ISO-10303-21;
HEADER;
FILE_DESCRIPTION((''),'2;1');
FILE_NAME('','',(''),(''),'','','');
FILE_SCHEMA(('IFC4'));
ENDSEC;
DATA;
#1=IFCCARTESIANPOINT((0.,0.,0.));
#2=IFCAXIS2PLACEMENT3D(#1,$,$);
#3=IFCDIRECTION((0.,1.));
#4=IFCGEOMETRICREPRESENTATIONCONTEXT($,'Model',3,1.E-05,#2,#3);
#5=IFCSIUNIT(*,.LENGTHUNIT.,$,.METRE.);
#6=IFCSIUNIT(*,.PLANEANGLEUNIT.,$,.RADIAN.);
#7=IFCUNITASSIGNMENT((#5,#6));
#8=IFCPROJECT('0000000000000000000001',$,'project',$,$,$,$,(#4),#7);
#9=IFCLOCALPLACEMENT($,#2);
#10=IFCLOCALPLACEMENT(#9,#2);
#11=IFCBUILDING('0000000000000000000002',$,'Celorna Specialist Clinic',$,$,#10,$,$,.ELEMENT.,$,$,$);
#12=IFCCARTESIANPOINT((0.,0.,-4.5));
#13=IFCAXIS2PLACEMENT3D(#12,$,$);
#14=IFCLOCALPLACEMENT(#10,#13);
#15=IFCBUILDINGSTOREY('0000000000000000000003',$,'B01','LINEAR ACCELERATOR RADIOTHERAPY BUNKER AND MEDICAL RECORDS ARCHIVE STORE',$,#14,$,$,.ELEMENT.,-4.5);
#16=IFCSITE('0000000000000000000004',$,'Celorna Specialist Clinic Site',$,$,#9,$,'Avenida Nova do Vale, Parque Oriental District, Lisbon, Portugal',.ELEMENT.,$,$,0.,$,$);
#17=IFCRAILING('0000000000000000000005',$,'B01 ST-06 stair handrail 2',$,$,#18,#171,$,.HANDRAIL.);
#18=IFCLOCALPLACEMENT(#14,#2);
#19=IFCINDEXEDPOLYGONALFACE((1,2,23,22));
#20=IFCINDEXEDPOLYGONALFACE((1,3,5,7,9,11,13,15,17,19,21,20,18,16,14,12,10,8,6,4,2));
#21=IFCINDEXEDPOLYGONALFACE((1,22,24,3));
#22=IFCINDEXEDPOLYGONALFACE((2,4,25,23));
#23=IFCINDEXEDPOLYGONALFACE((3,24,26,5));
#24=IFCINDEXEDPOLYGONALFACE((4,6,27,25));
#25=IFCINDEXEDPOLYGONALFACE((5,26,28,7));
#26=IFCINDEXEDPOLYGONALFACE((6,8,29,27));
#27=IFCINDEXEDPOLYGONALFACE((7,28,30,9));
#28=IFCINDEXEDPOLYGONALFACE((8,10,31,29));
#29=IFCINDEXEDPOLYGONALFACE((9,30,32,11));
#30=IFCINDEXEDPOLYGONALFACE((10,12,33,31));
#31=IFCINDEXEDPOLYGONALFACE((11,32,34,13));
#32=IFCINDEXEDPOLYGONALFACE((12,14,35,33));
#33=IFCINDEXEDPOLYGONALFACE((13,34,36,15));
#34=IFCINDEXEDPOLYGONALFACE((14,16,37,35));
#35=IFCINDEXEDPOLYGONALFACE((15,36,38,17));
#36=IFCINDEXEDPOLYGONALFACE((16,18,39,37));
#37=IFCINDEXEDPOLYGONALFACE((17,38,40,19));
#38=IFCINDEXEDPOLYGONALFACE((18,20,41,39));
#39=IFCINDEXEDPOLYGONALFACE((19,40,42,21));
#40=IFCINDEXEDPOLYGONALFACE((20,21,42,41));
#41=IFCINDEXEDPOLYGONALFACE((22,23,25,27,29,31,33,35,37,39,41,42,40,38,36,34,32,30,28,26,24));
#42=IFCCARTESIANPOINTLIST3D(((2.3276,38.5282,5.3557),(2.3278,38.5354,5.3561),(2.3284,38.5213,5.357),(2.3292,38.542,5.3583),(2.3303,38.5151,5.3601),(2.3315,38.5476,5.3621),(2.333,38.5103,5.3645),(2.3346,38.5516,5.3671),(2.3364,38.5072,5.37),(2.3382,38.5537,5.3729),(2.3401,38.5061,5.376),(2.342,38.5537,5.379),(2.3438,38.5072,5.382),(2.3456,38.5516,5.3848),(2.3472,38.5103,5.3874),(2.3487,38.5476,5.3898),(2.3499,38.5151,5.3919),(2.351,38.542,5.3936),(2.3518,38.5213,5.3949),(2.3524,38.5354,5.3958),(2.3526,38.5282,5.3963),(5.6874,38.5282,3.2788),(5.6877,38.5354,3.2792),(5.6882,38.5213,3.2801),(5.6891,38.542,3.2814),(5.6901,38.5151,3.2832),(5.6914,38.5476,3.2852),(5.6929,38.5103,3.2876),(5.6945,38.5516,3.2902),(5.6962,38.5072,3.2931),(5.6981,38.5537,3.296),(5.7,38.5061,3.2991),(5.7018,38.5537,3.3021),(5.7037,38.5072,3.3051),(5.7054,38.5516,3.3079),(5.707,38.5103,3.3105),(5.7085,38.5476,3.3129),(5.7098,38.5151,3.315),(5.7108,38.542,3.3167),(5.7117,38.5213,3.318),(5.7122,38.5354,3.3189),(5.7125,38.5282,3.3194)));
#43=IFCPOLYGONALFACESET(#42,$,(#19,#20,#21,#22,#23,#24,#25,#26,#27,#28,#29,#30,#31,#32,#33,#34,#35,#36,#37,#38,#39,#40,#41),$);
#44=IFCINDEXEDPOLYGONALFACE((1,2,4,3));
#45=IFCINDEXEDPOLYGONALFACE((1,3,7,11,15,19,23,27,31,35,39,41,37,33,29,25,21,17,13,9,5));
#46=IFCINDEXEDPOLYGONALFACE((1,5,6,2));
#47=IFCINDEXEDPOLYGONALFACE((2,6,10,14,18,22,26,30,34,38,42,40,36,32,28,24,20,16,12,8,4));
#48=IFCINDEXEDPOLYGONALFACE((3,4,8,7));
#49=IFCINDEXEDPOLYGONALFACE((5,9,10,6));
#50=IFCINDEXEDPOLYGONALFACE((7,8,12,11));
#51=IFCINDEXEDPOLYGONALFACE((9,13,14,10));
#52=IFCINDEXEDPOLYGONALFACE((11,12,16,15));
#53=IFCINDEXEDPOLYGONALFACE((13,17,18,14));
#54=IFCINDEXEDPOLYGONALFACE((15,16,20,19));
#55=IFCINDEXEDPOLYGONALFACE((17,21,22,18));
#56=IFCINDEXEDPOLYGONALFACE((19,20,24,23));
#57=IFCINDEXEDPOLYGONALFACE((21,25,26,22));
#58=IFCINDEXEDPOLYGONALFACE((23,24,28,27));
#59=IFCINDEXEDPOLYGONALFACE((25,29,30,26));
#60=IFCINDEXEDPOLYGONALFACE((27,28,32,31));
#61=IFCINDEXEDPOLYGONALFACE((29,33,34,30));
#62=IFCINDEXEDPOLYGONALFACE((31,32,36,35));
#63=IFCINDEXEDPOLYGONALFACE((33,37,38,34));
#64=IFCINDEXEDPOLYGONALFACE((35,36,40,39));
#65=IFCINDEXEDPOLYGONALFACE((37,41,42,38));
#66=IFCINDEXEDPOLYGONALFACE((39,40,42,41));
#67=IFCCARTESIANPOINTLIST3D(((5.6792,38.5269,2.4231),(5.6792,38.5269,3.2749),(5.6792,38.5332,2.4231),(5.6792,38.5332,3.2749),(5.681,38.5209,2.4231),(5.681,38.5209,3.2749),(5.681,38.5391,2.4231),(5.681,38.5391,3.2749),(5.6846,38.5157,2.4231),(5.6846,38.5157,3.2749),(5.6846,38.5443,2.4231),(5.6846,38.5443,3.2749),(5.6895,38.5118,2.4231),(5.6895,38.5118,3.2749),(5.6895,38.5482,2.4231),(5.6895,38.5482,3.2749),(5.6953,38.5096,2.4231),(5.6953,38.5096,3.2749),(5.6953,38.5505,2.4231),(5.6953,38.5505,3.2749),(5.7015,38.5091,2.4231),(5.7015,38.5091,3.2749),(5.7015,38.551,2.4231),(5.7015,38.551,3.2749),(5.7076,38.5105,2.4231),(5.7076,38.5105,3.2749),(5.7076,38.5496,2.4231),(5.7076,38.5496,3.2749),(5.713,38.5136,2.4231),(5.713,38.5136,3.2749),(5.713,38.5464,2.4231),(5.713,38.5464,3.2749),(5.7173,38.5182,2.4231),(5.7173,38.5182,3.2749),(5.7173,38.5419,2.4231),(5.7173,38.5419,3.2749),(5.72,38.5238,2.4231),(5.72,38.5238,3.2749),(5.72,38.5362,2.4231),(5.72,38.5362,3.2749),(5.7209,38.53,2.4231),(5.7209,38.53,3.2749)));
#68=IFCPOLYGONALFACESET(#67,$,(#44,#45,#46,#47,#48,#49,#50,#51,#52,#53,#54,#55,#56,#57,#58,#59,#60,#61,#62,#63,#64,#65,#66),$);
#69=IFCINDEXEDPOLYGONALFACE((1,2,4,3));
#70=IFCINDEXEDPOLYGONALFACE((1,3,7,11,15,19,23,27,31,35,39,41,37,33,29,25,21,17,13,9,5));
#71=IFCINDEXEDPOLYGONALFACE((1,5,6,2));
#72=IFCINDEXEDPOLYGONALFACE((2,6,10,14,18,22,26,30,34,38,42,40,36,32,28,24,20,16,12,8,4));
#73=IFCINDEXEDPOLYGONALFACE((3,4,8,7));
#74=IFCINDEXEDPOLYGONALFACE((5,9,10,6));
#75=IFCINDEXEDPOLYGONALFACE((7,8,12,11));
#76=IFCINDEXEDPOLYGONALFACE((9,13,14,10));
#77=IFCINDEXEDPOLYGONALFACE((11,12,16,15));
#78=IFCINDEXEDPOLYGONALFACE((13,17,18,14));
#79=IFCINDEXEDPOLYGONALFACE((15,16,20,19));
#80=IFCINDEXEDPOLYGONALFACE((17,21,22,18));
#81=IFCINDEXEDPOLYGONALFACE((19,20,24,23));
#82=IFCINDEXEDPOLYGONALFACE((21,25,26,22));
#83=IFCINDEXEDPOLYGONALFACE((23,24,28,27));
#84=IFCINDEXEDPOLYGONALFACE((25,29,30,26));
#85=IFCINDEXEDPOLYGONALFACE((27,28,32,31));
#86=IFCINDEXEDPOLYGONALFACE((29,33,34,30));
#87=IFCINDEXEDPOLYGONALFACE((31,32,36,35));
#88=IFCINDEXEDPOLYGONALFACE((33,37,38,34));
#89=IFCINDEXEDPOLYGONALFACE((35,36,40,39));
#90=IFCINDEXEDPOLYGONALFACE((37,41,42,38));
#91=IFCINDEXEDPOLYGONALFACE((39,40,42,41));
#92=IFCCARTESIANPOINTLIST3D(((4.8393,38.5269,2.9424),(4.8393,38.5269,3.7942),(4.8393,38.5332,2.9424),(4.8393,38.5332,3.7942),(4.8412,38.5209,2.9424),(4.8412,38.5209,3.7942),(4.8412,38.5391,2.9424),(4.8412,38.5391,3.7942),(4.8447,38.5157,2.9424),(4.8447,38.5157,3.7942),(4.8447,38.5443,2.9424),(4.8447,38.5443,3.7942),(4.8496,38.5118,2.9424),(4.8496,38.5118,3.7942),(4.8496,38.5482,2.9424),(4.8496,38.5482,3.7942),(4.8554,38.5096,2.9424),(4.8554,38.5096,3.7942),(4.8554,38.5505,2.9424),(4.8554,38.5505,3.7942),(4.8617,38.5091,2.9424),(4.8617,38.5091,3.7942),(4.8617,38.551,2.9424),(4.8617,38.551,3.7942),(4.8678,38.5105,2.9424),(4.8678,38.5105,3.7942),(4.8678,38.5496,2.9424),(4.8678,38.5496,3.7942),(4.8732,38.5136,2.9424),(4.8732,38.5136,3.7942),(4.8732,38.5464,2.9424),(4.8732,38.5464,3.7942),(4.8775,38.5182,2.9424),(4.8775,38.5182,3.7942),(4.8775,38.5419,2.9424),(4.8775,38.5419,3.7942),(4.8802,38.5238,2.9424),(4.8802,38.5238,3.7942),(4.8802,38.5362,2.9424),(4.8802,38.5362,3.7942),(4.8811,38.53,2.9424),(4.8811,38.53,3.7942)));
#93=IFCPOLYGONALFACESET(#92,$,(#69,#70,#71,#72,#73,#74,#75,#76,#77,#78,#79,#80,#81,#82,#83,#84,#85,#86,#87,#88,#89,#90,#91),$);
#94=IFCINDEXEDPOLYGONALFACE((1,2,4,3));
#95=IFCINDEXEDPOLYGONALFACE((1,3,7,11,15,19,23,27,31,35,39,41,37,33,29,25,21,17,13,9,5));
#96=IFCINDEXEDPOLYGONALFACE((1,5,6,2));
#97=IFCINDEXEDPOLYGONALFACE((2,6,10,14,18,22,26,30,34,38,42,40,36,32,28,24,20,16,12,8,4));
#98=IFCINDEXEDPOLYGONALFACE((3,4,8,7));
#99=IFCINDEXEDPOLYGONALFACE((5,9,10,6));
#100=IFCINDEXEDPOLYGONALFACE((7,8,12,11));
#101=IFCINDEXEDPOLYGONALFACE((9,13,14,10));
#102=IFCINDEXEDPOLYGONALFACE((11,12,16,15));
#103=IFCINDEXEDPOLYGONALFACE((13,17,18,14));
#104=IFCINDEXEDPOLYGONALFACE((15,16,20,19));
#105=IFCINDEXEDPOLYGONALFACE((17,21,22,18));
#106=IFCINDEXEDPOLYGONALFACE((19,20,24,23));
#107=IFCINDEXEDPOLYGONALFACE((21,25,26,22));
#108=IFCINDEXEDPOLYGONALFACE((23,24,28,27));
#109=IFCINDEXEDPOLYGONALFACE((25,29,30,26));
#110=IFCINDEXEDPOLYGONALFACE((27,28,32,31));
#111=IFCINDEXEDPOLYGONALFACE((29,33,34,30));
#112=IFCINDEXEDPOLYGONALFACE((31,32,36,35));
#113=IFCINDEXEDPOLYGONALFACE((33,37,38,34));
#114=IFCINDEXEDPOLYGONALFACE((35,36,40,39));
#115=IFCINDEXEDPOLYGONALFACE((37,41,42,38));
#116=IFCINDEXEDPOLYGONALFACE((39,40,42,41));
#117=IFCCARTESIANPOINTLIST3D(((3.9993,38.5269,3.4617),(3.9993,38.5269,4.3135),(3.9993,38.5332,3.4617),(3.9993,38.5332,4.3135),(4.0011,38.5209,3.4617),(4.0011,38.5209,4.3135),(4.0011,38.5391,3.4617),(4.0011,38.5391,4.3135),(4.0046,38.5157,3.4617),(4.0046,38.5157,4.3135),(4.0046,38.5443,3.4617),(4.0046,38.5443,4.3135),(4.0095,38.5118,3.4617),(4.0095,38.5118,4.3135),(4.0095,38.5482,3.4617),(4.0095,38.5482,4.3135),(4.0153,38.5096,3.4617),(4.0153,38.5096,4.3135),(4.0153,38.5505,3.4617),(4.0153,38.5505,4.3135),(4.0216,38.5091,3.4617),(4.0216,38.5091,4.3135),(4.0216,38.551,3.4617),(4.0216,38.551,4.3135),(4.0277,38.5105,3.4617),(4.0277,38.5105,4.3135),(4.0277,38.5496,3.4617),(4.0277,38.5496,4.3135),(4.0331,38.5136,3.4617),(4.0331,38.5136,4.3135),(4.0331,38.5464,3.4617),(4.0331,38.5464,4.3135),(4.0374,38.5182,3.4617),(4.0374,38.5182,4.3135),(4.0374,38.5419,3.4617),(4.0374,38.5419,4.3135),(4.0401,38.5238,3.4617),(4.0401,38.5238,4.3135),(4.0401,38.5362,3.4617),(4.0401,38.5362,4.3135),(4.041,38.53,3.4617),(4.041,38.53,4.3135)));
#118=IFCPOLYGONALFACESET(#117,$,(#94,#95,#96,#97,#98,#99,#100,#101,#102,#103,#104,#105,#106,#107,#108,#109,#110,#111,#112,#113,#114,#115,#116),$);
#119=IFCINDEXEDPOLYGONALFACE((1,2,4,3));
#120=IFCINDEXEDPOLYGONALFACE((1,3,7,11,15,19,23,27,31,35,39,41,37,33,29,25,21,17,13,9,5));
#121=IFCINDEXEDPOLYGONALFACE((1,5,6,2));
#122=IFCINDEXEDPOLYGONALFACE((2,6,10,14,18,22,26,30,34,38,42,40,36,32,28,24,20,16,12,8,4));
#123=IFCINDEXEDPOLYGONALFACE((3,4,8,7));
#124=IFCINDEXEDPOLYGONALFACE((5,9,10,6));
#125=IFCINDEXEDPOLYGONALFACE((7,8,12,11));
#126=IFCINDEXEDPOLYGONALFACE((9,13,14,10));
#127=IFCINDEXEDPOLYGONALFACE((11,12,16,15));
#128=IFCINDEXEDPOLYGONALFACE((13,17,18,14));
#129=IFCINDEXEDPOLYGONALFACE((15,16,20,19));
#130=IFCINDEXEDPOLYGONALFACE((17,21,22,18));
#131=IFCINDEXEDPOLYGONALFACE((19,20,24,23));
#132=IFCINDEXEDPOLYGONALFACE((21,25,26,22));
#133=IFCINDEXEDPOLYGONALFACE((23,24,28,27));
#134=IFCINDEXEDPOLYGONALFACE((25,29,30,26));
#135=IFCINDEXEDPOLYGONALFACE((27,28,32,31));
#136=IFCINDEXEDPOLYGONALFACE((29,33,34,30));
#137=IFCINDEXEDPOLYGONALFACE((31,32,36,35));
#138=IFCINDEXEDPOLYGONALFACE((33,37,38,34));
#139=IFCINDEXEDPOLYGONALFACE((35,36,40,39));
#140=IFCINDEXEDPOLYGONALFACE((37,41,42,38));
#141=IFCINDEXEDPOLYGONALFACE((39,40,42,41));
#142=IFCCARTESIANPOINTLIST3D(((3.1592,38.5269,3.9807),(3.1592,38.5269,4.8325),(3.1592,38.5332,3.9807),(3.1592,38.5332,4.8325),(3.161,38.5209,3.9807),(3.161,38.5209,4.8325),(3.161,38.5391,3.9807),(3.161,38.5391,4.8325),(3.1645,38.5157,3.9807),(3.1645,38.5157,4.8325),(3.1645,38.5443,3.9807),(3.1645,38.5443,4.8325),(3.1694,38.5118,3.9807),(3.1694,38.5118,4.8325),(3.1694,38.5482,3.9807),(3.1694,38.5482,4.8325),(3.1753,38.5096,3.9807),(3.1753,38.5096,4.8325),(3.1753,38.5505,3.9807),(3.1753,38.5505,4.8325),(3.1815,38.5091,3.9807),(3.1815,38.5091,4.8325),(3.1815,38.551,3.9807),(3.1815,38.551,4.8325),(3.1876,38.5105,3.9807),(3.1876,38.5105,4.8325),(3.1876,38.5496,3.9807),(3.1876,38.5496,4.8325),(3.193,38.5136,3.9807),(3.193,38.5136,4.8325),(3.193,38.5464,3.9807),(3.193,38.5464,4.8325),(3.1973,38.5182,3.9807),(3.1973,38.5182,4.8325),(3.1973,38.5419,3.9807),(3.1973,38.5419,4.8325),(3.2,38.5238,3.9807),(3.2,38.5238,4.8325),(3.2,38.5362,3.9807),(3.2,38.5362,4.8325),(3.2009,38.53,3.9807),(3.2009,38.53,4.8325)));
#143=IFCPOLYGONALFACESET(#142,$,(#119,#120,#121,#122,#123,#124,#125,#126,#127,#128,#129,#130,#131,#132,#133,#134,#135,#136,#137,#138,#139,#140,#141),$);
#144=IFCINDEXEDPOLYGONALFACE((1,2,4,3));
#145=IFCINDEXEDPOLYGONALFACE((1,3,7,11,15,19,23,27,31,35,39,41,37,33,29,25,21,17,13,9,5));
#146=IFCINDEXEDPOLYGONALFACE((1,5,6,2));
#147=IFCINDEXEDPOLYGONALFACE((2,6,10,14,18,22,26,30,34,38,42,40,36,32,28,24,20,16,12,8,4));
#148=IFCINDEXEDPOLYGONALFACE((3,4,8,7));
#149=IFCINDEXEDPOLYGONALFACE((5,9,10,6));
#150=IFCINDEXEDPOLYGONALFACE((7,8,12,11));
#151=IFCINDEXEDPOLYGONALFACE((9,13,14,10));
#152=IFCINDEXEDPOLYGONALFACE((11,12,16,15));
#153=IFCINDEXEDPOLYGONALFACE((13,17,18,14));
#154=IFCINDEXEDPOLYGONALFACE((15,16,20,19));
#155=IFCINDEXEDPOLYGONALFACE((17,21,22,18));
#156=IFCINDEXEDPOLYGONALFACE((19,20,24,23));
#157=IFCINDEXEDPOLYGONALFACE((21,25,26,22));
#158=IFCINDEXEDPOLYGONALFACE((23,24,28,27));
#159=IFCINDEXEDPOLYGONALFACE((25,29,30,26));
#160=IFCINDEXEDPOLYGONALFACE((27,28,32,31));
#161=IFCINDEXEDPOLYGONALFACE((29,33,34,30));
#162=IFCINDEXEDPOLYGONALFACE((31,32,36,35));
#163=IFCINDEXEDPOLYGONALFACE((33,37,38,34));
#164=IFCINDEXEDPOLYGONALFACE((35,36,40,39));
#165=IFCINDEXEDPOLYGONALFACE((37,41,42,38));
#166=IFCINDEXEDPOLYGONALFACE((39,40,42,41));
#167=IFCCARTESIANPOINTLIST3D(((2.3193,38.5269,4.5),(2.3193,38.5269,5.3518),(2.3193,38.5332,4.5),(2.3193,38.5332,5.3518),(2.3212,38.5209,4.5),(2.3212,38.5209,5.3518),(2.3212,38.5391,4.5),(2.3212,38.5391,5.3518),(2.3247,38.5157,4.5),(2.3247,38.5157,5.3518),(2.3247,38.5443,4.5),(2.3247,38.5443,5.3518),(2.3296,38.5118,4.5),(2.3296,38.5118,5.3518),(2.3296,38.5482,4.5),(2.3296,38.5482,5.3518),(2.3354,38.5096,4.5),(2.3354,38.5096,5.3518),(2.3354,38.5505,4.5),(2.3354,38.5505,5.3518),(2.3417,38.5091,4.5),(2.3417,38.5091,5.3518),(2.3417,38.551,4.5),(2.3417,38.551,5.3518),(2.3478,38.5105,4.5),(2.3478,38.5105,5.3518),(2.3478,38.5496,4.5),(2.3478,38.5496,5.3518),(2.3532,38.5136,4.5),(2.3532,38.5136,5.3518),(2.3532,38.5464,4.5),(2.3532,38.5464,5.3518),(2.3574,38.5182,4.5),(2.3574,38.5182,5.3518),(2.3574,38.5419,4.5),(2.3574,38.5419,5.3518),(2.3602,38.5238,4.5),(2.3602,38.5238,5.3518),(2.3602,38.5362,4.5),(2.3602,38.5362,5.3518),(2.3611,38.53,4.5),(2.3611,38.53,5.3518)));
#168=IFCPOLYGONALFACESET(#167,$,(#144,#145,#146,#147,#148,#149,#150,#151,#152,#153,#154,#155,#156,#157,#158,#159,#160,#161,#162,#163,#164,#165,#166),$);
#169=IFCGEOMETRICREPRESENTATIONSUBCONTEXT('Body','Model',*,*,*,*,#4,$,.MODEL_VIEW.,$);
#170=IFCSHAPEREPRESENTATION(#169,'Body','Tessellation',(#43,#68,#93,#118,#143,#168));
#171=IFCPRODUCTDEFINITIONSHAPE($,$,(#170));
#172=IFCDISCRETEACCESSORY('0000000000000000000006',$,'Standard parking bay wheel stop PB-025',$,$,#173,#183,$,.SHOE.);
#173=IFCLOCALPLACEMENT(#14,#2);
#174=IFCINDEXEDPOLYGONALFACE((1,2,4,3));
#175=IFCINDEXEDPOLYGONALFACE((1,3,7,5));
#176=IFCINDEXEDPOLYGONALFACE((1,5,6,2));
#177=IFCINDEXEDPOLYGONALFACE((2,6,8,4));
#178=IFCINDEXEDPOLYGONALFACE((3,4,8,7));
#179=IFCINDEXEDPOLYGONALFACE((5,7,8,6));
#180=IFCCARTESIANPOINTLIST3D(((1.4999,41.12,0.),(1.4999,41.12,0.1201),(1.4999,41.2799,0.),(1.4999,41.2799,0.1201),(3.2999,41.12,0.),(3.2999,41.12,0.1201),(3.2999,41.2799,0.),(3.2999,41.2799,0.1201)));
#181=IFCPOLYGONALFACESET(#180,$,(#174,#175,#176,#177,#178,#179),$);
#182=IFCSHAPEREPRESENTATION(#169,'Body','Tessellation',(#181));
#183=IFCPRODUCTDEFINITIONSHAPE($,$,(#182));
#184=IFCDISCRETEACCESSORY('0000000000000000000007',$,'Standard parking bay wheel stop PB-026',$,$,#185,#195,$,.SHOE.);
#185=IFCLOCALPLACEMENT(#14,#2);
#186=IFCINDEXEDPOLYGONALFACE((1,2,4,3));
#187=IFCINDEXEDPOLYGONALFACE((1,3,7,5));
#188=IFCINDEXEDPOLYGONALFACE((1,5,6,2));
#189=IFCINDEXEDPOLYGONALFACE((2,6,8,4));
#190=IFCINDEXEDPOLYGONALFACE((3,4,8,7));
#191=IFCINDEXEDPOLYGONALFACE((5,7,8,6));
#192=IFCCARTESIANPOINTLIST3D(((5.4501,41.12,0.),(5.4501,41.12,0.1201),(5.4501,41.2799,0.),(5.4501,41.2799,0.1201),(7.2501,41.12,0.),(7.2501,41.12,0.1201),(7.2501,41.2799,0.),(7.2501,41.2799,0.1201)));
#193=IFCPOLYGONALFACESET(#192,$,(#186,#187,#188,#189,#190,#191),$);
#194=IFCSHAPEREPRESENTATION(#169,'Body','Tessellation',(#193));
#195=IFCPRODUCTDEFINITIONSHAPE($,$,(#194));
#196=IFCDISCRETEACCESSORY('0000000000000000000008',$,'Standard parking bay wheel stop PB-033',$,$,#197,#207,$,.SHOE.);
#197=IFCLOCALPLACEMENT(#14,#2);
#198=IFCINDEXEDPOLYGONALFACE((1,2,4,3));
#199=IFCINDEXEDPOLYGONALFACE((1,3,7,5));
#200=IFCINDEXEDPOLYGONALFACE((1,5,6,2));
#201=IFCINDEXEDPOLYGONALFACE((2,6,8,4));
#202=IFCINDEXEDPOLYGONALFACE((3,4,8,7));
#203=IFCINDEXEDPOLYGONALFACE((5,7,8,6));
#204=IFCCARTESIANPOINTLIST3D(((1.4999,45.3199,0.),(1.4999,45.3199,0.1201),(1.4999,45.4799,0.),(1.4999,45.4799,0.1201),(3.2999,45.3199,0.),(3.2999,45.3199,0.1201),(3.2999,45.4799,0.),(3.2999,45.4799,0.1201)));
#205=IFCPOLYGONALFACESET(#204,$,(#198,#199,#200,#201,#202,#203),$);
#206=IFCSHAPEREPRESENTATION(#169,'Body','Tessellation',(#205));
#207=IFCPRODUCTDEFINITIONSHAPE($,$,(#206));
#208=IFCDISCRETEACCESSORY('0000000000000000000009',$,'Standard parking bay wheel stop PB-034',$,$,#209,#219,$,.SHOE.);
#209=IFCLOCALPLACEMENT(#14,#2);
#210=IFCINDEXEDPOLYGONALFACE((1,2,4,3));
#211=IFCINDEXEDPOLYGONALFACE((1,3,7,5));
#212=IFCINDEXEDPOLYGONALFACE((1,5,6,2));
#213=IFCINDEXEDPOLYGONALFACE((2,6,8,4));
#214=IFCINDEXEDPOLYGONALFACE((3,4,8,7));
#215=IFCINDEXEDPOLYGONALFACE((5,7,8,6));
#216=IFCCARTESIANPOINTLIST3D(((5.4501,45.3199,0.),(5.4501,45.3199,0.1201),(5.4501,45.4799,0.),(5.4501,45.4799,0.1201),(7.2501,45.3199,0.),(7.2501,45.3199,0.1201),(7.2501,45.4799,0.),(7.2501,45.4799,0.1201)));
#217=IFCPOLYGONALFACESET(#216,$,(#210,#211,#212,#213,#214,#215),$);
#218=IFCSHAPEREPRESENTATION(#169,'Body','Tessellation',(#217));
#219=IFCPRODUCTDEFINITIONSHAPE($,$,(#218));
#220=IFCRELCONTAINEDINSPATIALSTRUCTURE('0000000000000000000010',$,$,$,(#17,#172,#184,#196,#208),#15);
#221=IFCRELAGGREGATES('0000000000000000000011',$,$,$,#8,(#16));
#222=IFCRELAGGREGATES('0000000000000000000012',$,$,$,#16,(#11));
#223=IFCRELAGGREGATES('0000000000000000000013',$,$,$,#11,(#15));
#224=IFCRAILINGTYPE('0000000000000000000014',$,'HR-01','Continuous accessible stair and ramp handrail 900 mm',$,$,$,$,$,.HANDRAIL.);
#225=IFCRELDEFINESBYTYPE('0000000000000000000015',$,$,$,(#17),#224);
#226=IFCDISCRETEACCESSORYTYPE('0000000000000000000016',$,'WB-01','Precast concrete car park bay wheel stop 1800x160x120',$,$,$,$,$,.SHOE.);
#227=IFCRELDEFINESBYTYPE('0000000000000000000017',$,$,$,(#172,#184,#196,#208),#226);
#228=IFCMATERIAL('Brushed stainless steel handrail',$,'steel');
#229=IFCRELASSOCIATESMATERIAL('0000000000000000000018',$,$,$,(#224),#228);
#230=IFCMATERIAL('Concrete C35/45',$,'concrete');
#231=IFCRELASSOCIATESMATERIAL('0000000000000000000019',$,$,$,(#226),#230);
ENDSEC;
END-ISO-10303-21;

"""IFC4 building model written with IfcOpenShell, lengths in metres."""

from ifc_helpers import new_model, si_unit, direction, frame, origin, origin_2d, place, context, subcontext, project, spatial, rectangle, circle, extrude, material, type_object, element, save


model = new_model("IFC4")

# Units and contexts
model_context = context("Model", 3, precision=1e-05, world=origin(), true_north=direction((0.0, 1.0)))
body_context = subcontext(model_context, "Body", "Model", "MODEL_VIEW")
ifc_project = project(units=[si_unit("LENGTHUNIT", "METRE"), si_unit("PLANEANGLEUNIT", "RADIAN")], contexts=[model_context])

# Site, building, storey
site_placement = place(None, origin())
site = spatial("IfcSite", under=ifc_project, at=site_placement, Name="Celorna Specialist Clinic Site", LongName="Avenida Nova do Vale, Parque Oriental District, Lisbon, Portugal", CompositionType="ELEMENT", RefElevation=0.0)
building_placement = place(site_placement, origin())
building = spatial("IfcBuilding", under=site, at=building_placement, Name="Celorna Specialist Clinic", CompositionType="ELEMENT")
storey_placement = place(building_placement, frame((0.0, 0.0, -4.5)))
storey = spatial("IfcBuildingStorey", under=building, at=storey_placement, Name="B01", Description="LINEAR ACCELERATOR RADIOTHERAPY BUNKER AND MEDICAL RECORDS ARCHIVE STORE", CompositionType="ELEMENT", Elevation=-4.5)

# Shared definitions
ifc_material_1 = material(Name="Concrete C35/45", Category="concrete")

# Railing
ifc_material_2 = material(Name="Brushed stainless steel handrail", Category="steel")
railing_type_1 = type_object("IfcRailingType", Name="HR-01", Description="Continuous accessible stair and ramp handrail 900 mm", PredefinedType="HANDRAIL", material=ifc_material_2)
railing_1_placement = place(storey_placement, frame((5.7, 38.53, 2.4231)))
element("IfcRailing", 1, at=railing_1_placement, inside=storey, type_object=railing_type_1, Name="B01 ST-06 stair handrail 2", PredefinedType="HANDRAIL", context=body_context, shape_type="SweptSolid", body=[
    extrude(circle(Radius=0.0239, at=origin_2d()), frame((0.0, 0.0, 0.876), z_axis=(-0.850606, 0.0, 0.525803), x_axis=(0.0, -1.0, 0.0)), (0.0, 0.0, 1.0), 3.95),
    extrude(circle(Radius=0.021, at=origin_2d()), origin(), (0.0, 0.0, 1.0), 0.8518),
    extrude(circle(Radius=0.021, at=origin_2d()), frame((-0.8398, 0.0, 0.5193)), (0.0, 0.0, 1.0), 0.8518),
    extrude(circle(Radius=0.021, at=origin_2d()), frame((-1.6799, 0.0, 1.0386)), (0.0, 0.0, 1.0), 0.8518),
    extrude(circle(Radius=0.021, at=origin_2d()), frame((-2.52, 0.0, 1.5576)), (0.0, 0.0, 1.0), 0.8518),
    extrude(circle(Radius=0.021, at=origin_2d()), frame((-3.3599, 0.0, 2.0769)), (0.0, 0.0, 1.0), 0.8518),
])

# Discrete accessories
discrete_accessory_type = type_object("IfcDiscreteAccessoryType", Name="WB-01", Description="Precast concrete car park bay wheel stop 1800x160x120", PredefinedType="SHOE", material=ifc_material_1)
for number, where, z_axis, x_axis, name in (
    (2, (2.3999, 41.2, 0.0), (0.0, 0.0, 1.0), (1.0, 0.0, 0.0), "Standard parking bay wheel stop PB-025"),
    (3, (6.3501, 41.2, 0.0), (0.0, 0.0, 1.0), (1.0, 0.0, 0.0), "Standard parking bay wheel stop PB-026"),
    (4, (2.3999, 45.3999, 0.0), (0.0, 0.0, 1.0), (1.0, 0.0, 0.0), "Standard parking bay wheel stop PB-033"),
    (5, (6.3501, 45.3999, 0.0), (0.0, 0.0, 1.0), (1.0, 0.0, 0.0), "Standard parking bay wheel stop PB-034"),
):
    element("IfcDiscreteAccessory", number, at=place(storey_placement, frame(where, z_axis=z_axis, x_axis=x_axis)), inside=storey, type_object=discrete_accessory_type, Name=name, PredefinedType="SHOE", context=body_context, shape_type="SweptSolid", body=[
        extrude(rectangle(XDim=1.8, YDim=0.1599, at=origin_2d()), origin(), (0.0, 0.0, 1.0), 0.1201),
    ])

save(model, "model.ifc")
